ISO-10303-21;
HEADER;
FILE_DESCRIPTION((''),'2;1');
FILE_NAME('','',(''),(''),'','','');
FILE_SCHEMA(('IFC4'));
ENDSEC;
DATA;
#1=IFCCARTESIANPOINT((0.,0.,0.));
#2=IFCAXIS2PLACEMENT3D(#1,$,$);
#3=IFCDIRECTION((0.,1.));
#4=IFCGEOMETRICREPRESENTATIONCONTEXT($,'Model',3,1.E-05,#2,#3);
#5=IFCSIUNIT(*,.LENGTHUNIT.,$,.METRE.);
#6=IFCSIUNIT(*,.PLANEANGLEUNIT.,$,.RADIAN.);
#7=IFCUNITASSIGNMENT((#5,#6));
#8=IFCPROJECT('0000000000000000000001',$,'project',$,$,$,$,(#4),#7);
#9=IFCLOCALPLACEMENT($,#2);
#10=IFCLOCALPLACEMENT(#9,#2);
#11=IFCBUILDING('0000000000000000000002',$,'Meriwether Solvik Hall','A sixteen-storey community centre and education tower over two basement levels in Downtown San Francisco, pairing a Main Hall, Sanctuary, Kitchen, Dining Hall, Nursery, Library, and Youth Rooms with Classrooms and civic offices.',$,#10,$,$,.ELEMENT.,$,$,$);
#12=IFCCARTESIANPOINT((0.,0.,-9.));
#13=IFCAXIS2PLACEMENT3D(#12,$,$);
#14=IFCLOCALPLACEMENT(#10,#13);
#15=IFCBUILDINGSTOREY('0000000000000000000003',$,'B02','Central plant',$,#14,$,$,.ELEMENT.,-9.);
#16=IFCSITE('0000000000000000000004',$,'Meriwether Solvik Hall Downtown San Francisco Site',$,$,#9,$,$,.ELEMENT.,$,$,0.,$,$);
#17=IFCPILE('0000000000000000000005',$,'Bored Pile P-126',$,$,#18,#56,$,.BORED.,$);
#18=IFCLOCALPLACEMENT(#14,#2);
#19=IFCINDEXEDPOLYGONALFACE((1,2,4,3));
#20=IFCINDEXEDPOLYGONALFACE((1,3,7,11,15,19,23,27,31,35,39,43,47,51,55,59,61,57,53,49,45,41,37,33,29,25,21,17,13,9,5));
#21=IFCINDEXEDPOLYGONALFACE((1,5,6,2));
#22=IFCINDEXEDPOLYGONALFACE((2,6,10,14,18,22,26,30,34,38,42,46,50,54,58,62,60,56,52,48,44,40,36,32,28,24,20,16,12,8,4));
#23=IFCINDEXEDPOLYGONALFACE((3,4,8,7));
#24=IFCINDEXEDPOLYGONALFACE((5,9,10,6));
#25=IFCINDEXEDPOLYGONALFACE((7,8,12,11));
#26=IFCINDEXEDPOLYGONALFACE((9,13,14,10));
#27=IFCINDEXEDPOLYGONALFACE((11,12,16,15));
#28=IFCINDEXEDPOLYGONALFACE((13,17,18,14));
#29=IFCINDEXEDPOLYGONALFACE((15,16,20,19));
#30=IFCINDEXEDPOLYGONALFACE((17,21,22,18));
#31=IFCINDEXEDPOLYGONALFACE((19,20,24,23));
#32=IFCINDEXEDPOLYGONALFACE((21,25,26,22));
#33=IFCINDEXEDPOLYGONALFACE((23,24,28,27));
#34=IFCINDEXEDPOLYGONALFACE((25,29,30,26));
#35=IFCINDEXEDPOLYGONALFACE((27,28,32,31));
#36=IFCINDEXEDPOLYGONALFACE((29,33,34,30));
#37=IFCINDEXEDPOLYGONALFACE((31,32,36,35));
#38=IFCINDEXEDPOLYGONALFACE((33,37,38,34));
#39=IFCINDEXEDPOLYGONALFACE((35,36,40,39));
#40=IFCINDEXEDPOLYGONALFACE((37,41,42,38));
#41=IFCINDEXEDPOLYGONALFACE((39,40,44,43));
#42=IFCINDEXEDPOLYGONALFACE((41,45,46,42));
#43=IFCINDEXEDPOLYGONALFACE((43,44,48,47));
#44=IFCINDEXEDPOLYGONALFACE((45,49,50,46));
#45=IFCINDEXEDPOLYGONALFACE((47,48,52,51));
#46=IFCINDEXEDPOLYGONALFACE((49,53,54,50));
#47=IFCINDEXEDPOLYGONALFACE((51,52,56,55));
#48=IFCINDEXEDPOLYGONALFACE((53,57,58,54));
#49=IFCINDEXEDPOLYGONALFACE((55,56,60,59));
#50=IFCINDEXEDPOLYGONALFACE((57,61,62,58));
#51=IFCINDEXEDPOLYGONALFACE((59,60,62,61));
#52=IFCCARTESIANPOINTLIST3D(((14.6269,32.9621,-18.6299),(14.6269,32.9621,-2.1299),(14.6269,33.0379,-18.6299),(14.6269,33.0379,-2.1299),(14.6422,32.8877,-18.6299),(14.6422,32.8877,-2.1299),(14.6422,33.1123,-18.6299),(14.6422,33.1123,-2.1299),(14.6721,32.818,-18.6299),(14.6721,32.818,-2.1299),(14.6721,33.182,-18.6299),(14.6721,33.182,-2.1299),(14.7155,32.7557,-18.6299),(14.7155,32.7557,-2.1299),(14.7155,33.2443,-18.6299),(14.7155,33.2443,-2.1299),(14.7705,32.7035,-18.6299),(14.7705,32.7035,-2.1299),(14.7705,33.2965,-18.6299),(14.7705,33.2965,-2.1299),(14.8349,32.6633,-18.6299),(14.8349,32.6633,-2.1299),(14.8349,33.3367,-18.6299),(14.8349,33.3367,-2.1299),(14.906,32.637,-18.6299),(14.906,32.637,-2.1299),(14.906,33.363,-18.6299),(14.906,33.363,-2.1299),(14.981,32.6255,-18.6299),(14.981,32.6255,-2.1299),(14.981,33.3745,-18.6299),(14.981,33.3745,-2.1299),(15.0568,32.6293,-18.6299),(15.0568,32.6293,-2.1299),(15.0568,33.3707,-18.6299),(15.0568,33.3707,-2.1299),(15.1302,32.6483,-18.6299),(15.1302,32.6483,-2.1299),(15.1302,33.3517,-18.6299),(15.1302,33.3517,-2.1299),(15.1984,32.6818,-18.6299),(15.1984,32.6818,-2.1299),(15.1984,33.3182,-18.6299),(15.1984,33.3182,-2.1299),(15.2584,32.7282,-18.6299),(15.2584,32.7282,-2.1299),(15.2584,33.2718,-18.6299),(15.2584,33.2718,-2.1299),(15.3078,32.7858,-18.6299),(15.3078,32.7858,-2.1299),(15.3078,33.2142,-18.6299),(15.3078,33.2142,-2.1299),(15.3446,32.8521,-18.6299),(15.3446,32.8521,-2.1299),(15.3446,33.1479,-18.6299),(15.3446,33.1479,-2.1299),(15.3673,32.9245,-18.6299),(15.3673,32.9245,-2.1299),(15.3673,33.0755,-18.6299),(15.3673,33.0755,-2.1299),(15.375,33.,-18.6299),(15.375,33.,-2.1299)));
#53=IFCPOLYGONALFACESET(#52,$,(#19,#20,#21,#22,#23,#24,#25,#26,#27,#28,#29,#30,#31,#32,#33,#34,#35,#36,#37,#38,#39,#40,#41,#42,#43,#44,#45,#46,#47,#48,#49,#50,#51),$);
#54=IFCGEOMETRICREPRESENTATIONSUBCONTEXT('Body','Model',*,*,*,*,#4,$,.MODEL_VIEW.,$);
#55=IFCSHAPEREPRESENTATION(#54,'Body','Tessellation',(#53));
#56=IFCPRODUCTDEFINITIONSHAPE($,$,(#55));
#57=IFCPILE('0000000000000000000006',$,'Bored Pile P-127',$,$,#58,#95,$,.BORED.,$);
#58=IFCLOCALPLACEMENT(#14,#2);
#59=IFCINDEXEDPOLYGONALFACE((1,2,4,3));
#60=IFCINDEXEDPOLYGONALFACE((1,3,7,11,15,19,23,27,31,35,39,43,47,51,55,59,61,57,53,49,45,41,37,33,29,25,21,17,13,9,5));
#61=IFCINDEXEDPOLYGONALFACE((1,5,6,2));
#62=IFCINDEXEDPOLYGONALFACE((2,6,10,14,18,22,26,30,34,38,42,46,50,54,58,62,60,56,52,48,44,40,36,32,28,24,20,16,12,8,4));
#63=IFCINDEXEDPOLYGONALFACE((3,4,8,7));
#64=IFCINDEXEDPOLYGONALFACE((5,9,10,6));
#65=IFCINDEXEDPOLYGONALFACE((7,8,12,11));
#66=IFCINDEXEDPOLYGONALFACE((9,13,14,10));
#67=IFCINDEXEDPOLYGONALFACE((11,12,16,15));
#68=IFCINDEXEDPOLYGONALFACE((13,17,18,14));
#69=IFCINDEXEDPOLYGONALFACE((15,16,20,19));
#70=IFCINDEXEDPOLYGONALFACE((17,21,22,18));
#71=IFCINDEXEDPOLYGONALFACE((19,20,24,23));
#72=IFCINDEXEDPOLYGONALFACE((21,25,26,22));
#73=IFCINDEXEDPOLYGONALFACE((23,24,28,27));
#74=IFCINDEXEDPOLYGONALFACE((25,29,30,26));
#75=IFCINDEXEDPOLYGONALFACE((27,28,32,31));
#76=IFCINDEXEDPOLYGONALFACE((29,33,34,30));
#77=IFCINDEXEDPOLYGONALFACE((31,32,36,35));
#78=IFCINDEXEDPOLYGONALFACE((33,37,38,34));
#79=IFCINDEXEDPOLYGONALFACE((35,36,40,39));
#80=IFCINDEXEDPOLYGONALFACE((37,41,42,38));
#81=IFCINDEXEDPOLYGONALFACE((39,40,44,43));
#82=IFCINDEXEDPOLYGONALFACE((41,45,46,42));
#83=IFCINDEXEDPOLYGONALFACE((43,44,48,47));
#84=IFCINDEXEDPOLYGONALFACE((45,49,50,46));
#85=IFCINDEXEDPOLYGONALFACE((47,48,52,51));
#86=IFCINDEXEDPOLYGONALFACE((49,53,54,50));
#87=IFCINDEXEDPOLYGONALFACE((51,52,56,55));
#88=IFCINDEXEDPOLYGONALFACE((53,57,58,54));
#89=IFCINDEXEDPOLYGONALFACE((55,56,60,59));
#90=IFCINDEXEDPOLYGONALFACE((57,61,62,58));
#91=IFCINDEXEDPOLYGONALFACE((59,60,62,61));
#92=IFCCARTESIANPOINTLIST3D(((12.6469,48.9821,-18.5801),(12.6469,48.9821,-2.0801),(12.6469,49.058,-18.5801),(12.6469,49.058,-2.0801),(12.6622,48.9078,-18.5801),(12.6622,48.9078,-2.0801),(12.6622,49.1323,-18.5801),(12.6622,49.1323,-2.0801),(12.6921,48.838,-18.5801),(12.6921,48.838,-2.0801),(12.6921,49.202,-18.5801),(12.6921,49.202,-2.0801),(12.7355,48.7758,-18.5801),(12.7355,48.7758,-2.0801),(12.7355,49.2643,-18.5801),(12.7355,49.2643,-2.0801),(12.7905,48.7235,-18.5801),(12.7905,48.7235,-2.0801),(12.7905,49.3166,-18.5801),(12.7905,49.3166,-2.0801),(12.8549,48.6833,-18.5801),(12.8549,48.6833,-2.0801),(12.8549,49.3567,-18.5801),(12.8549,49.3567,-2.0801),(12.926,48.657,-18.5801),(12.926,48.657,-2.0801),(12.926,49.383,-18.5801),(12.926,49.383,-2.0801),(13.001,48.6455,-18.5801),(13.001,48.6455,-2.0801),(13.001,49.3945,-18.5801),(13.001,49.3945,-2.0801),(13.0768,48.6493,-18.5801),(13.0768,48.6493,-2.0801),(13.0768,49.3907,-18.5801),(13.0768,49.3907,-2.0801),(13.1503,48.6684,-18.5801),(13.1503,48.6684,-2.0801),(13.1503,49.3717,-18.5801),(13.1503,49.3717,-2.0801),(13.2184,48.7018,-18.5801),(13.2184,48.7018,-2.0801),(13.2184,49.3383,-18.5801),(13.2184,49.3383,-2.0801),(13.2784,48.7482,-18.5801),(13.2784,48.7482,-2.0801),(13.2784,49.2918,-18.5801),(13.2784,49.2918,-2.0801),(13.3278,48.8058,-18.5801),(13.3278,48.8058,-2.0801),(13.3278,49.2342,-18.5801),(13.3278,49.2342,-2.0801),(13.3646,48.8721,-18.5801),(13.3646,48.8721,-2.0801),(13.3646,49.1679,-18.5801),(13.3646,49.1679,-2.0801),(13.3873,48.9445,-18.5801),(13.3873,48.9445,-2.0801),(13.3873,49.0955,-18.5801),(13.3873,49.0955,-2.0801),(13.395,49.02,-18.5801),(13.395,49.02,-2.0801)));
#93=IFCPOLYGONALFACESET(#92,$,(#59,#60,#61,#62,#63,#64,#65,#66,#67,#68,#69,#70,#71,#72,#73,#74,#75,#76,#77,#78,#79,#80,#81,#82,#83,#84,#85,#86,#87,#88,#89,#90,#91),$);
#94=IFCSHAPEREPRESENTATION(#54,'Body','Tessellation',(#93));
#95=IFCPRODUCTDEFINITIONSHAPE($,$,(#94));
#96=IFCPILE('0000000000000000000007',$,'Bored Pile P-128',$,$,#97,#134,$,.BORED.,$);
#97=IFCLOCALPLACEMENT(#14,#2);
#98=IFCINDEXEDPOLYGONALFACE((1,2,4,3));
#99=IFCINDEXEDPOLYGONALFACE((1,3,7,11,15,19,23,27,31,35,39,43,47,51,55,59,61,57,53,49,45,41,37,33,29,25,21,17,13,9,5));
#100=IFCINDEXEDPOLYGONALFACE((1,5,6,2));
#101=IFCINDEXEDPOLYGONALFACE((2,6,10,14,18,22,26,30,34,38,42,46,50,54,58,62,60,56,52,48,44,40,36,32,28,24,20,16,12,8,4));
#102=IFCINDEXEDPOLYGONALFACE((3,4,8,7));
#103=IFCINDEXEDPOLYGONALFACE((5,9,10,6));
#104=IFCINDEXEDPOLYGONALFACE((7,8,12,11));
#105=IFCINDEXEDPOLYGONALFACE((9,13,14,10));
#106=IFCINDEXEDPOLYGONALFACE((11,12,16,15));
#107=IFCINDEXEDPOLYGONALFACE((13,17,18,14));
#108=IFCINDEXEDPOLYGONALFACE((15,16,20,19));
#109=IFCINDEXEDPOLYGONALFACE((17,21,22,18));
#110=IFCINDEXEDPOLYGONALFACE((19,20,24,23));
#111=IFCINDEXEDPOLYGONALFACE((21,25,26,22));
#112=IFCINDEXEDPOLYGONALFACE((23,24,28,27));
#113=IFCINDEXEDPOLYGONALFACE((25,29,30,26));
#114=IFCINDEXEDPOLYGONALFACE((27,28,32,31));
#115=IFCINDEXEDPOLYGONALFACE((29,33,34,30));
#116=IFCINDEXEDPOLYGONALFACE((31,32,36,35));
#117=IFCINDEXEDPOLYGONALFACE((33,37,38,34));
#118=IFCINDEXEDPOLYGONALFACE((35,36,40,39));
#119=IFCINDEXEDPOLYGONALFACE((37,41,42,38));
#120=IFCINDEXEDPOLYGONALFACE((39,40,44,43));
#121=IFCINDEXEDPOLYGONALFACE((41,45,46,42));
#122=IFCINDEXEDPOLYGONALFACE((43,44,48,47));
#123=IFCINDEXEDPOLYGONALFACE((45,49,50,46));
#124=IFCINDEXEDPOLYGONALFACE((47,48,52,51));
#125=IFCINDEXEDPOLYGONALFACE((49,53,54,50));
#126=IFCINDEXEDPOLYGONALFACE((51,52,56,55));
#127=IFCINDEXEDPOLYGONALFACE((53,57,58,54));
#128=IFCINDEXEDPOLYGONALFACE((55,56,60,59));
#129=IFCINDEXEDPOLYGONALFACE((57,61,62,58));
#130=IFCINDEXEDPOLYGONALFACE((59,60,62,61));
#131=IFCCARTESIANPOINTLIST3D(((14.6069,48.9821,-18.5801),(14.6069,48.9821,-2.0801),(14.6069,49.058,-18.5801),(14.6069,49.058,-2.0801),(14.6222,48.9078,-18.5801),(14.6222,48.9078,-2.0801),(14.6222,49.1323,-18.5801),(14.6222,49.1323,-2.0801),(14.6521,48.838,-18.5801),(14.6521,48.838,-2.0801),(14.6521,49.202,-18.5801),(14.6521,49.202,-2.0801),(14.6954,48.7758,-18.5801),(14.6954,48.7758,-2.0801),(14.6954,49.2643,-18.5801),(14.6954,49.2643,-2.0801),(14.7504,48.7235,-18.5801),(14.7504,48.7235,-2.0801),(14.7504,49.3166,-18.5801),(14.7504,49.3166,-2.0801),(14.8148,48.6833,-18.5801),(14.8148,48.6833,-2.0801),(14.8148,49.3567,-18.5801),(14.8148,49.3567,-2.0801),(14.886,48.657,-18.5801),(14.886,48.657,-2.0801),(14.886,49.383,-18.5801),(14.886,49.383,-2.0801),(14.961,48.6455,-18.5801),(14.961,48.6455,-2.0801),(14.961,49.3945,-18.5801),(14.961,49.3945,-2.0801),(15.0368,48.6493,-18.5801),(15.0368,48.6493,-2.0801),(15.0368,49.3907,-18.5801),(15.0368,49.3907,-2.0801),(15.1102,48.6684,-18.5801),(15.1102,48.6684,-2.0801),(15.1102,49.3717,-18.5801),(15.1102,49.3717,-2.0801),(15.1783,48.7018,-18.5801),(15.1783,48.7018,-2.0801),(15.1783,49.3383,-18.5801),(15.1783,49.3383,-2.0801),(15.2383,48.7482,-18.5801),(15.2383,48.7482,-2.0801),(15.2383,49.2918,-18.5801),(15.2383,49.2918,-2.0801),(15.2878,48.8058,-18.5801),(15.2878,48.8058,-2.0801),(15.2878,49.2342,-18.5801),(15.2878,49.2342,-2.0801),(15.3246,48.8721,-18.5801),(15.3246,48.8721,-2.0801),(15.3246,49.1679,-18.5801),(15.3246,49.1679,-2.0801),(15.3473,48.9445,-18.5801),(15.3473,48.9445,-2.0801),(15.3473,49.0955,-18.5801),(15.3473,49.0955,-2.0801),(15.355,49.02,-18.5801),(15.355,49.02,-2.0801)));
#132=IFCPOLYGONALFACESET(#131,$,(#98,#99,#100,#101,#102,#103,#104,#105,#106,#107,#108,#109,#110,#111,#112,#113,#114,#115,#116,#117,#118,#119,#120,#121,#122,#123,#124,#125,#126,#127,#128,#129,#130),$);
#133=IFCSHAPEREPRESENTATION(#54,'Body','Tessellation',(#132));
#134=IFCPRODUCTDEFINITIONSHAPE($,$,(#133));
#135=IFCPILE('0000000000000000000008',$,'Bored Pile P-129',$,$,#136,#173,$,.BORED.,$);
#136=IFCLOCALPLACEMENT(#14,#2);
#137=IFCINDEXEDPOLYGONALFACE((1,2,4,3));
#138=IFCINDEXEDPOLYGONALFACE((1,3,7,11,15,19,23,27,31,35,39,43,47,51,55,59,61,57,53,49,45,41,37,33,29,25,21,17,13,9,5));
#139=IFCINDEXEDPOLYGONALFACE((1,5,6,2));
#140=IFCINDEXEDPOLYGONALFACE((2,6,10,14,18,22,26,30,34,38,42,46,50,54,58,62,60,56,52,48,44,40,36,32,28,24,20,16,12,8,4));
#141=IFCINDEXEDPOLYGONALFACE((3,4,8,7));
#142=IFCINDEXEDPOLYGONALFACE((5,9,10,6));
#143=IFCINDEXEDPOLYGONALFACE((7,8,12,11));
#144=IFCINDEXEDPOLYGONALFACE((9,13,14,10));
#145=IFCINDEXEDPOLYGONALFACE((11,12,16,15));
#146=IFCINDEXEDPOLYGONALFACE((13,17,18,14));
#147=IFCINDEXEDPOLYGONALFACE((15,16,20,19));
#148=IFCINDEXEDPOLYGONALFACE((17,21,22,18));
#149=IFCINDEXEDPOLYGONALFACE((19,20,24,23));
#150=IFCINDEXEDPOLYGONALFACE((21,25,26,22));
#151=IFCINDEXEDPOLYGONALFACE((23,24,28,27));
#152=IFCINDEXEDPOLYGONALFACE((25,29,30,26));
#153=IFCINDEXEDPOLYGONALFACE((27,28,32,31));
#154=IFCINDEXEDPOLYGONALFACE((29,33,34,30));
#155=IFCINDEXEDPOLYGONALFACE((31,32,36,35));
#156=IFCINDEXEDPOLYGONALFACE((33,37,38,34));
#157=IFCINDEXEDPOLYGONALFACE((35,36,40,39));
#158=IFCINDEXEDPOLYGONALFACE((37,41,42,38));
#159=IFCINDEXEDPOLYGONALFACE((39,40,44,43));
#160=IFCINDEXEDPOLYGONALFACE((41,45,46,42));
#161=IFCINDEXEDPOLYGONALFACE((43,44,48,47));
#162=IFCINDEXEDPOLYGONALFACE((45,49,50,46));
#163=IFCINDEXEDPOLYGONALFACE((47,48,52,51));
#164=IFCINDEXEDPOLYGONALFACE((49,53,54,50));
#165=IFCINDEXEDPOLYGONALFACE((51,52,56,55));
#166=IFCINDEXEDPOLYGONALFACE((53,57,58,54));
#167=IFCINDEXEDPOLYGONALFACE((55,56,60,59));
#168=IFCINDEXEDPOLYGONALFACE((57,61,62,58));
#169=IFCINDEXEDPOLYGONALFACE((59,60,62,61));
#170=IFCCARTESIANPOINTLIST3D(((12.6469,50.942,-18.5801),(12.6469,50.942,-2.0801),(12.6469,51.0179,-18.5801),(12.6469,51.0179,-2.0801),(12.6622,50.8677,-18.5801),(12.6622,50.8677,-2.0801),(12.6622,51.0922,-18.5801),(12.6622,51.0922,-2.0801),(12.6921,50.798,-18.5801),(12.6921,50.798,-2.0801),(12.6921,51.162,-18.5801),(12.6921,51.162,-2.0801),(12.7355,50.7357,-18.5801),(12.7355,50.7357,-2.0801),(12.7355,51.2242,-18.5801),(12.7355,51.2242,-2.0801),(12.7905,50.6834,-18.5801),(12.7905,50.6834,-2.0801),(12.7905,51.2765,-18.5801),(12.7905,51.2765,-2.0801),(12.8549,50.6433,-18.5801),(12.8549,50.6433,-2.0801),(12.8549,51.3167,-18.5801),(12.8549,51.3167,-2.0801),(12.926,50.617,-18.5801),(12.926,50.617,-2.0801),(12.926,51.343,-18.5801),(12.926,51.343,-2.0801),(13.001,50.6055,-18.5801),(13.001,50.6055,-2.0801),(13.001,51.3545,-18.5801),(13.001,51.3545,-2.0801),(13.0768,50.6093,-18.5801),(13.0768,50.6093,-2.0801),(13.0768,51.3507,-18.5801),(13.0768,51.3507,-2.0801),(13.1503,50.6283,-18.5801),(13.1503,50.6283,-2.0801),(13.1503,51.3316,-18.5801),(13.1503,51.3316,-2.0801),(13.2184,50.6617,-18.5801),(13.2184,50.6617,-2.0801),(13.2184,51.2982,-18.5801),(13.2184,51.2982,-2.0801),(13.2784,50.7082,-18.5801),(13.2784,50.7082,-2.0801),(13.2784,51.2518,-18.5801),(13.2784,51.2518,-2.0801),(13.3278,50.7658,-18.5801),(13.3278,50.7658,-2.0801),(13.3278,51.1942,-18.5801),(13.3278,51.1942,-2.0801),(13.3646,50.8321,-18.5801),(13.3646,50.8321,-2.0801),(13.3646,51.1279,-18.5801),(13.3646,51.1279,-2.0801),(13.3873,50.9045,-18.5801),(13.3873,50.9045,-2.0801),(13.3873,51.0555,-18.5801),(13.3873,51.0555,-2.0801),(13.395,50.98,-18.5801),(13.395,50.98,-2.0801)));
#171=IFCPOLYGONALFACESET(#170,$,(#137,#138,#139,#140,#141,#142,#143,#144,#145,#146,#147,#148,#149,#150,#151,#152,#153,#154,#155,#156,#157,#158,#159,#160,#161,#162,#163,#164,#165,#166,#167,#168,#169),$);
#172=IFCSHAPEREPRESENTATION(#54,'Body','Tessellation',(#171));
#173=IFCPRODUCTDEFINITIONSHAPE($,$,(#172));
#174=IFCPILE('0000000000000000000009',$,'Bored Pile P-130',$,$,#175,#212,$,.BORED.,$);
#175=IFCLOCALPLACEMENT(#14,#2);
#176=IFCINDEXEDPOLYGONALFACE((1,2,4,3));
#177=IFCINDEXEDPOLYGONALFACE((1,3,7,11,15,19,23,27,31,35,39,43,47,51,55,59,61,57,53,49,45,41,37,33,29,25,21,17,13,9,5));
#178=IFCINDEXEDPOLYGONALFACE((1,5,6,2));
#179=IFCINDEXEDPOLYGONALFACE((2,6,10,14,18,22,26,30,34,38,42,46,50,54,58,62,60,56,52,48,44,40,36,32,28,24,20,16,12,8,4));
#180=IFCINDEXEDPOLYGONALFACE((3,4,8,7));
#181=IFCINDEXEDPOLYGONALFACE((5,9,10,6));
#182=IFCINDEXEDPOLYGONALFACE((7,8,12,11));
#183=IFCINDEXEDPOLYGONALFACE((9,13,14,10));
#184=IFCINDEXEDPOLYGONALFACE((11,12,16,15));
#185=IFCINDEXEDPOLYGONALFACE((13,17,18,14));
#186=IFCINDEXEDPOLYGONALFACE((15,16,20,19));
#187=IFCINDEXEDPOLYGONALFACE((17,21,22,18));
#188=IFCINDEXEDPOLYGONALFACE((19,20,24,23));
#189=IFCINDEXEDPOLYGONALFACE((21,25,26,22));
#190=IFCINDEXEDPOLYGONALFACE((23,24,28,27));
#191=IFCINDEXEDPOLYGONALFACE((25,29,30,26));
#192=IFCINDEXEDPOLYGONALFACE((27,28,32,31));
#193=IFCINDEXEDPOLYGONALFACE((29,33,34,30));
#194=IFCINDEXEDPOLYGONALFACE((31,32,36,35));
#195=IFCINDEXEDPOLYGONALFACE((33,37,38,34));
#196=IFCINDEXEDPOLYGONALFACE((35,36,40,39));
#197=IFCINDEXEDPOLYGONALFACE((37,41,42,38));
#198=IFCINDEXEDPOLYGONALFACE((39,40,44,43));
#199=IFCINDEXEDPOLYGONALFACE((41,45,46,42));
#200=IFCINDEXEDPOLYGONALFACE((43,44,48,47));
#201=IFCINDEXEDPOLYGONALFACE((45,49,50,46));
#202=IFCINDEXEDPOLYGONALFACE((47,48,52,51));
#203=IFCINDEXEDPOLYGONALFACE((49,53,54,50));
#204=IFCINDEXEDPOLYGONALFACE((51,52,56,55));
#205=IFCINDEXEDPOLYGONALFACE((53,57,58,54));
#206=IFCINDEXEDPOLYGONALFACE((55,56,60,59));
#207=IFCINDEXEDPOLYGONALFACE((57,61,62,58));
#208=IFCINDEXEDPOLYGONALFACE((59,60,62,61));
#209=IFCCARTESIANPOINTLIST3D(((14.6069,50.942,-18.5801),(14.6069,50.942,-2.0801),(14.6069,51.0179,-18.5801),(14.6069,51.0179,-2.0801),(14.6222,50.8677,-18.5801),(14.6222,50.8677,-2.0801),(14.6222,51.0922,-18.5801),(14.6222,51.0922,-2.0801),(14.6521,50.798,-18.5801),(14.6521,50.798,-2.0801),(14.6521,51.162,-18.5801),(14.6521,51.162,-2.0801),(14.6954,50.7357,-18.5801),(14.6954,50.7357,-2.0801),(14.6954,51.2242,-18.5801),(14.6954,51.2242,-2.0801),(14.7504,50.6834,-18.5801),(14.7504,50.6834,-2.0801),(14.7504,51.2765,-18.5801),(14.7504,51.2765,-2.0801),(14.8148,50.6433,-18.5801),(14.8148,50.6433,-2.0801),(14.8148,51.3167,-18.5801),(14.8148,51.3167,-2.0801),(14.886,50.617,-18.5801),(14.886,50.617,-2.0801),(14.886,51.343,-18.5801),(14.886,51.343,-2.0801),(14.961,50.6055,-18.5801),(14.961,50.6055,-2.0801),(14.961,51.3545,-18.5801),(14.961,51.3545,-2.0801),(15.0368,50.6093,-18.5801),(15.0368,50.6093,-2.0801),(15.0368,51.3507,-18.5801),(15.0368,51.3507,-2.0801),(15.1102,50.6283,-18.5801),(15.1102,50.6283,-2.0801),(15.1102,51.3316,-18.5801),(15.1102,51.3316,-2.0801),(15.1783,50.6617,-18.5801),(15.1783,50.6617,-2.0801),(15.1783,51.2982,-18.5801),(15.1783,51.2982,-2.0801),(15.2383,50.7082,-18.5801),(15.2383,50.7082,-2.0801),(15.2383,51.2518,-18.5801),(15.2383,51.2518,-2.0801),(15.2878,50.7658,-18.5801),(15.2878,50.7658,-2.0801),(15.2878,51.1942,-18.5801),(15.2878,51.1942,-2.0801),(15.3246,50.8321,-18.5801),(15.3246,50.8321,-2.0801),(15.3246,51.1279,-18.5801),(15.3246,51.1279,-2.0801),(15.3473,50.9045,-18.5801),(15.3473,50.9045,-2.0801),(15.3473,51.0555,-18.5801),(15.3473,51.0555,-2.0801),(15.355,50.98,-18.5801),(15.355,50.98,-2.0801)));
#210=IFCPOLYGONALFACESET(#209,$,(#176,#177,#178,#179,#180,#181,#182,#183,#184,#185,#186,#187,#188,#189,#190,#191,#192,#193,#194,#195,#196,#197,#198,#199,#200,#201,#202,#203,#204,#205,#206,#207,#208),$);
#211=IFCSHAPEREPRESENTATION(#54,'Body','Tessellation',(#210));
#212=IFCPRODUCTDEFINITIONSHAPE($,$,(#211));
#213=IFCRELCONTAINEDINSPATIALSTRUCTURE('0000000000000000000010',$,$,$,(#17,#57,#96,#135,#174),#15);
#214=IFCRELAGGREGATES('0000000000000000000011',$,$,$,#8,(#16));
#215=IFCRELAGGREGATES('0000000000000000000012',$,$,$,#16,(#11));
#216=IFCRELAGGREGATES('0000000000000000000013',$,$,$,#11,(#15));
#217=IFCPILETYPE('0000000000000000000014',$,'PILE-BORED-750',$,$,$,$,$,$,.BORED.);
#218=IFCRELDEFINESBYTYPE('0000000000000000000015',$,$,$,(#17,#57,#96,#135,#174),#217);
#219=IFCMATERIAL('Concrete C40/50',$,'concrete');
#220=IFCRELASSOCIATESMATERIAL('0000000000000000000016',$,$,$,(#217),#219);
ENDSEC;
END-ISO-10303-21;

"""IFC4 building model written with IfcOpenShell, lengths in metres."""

from ifc_helpers import new_model, si_unit, direction, frame, origin, origin_2d, place, context, subcontext, project, spatial, circle, extrude, material, material_profile, profile_set, type_object, element, save


model = new_model("IFC4")

# Units and contexts
model_context = context("Model", 3, precision=1e-05, world=origin(), true_north=direction((0.0, 1.0)))
body_context = subcontext(model_context, "Body", "Model", "MODEL_VIEW")
ifc_project = project(units=[si_unit("LENGTHUNIT", "METRE"), si_unit("PLANEANGLEUNIT", "RADIAN")], contexts=[model_context])

# Site, building, storey
site_placement = place(None, origin())
site = spatial("IfcSite", under=ifc_project, at=site_placement, Name="Meriwether Solvik Hall Downtown San Francisco Site", CompositionType="ELEMENT", RefElevation=0.0)
building_placement = place(site_placement, origin())
building = spatial("IfcBuilding", under=site, at=building_placement, Name="Meriwether Solvik Hall", Description="A sixteen-storey community centre and education tower over two basement levels in Downtown San Francisco, pairing a Main Hall, Sanctuary, Kitchen, Dining Hall, Nursery, Library, and Youth Rooms with Classrooms and civic offices.", CompositionType="ELEMENT")
storey_placement = place(building_placement, frame((0.0, 0.0, -9.0)))
storey = spatial("IfcBuildingStorey", under=building, at=storey_placement, Name="B02", Description="Central plant", CompositionType="ELEMENT", Elevation=-9.0)

# Piles
ifc_material_1 = material(Name="Concrete C40/50", Category="concrete")
ifc_material_profile_1 = material_profile(ifc_material_1, circle(Radius=0.375, at=origin_2d()), Name="PILE-D750")
ifc_profile_set_1 = profile_set([ifc_material_profile_1], Name="Concrete C40/50")
pile_type_1 = type_object("IfcPileType", Name="PILE-BORED-750", PredefinedType="BORED", material=ifc_profile_set_1)
for number, where, z_axis, x_axis, name in (
    (1, (15.0, 33.0, -2.1299), (0.0, 0.0, -1.0), (1.0, 0.0, 0.0), "Bored Pile P-126"),
    (2, (13.02, 49.02, -2.0801), (0.0, 0.0, -1.0), (1.0, 0.0, 0.0), "Bored Pile P-127"),
    (3, (14.98, 49.02, -2.0801), (0.0, 0.0, -1.0), (1.0, 0.0, 0.0), "Bored Pile P-128"),
    (4, (13.02, 50.98, -2.0801), (0.0, 0.0, -1.0), (1.0, 0.0, 0.0), "Bored Pile P-129"),
    (5, (14.98, 50.98, -2.0801), (0.0, 0.0, -1.0), (1.0, 0.0, 0.0), "Bored Pile P-130"),
):
    element("IfcPile", number, at=place(storey_placement, frame(where, z_axis=z_axis, x_axis=x_axis)), inside=storey, type_object=pile_type_1, Name=name, PredefinedType="BORED", context=body_context, shape_type="SweptSolid", body=[
        extrude(circle(Radius=0.375, at=origin_2d()), origin(), (0.0, 0.0, 1.0), 16.5),
    ])

save(model, "model.ifc")
